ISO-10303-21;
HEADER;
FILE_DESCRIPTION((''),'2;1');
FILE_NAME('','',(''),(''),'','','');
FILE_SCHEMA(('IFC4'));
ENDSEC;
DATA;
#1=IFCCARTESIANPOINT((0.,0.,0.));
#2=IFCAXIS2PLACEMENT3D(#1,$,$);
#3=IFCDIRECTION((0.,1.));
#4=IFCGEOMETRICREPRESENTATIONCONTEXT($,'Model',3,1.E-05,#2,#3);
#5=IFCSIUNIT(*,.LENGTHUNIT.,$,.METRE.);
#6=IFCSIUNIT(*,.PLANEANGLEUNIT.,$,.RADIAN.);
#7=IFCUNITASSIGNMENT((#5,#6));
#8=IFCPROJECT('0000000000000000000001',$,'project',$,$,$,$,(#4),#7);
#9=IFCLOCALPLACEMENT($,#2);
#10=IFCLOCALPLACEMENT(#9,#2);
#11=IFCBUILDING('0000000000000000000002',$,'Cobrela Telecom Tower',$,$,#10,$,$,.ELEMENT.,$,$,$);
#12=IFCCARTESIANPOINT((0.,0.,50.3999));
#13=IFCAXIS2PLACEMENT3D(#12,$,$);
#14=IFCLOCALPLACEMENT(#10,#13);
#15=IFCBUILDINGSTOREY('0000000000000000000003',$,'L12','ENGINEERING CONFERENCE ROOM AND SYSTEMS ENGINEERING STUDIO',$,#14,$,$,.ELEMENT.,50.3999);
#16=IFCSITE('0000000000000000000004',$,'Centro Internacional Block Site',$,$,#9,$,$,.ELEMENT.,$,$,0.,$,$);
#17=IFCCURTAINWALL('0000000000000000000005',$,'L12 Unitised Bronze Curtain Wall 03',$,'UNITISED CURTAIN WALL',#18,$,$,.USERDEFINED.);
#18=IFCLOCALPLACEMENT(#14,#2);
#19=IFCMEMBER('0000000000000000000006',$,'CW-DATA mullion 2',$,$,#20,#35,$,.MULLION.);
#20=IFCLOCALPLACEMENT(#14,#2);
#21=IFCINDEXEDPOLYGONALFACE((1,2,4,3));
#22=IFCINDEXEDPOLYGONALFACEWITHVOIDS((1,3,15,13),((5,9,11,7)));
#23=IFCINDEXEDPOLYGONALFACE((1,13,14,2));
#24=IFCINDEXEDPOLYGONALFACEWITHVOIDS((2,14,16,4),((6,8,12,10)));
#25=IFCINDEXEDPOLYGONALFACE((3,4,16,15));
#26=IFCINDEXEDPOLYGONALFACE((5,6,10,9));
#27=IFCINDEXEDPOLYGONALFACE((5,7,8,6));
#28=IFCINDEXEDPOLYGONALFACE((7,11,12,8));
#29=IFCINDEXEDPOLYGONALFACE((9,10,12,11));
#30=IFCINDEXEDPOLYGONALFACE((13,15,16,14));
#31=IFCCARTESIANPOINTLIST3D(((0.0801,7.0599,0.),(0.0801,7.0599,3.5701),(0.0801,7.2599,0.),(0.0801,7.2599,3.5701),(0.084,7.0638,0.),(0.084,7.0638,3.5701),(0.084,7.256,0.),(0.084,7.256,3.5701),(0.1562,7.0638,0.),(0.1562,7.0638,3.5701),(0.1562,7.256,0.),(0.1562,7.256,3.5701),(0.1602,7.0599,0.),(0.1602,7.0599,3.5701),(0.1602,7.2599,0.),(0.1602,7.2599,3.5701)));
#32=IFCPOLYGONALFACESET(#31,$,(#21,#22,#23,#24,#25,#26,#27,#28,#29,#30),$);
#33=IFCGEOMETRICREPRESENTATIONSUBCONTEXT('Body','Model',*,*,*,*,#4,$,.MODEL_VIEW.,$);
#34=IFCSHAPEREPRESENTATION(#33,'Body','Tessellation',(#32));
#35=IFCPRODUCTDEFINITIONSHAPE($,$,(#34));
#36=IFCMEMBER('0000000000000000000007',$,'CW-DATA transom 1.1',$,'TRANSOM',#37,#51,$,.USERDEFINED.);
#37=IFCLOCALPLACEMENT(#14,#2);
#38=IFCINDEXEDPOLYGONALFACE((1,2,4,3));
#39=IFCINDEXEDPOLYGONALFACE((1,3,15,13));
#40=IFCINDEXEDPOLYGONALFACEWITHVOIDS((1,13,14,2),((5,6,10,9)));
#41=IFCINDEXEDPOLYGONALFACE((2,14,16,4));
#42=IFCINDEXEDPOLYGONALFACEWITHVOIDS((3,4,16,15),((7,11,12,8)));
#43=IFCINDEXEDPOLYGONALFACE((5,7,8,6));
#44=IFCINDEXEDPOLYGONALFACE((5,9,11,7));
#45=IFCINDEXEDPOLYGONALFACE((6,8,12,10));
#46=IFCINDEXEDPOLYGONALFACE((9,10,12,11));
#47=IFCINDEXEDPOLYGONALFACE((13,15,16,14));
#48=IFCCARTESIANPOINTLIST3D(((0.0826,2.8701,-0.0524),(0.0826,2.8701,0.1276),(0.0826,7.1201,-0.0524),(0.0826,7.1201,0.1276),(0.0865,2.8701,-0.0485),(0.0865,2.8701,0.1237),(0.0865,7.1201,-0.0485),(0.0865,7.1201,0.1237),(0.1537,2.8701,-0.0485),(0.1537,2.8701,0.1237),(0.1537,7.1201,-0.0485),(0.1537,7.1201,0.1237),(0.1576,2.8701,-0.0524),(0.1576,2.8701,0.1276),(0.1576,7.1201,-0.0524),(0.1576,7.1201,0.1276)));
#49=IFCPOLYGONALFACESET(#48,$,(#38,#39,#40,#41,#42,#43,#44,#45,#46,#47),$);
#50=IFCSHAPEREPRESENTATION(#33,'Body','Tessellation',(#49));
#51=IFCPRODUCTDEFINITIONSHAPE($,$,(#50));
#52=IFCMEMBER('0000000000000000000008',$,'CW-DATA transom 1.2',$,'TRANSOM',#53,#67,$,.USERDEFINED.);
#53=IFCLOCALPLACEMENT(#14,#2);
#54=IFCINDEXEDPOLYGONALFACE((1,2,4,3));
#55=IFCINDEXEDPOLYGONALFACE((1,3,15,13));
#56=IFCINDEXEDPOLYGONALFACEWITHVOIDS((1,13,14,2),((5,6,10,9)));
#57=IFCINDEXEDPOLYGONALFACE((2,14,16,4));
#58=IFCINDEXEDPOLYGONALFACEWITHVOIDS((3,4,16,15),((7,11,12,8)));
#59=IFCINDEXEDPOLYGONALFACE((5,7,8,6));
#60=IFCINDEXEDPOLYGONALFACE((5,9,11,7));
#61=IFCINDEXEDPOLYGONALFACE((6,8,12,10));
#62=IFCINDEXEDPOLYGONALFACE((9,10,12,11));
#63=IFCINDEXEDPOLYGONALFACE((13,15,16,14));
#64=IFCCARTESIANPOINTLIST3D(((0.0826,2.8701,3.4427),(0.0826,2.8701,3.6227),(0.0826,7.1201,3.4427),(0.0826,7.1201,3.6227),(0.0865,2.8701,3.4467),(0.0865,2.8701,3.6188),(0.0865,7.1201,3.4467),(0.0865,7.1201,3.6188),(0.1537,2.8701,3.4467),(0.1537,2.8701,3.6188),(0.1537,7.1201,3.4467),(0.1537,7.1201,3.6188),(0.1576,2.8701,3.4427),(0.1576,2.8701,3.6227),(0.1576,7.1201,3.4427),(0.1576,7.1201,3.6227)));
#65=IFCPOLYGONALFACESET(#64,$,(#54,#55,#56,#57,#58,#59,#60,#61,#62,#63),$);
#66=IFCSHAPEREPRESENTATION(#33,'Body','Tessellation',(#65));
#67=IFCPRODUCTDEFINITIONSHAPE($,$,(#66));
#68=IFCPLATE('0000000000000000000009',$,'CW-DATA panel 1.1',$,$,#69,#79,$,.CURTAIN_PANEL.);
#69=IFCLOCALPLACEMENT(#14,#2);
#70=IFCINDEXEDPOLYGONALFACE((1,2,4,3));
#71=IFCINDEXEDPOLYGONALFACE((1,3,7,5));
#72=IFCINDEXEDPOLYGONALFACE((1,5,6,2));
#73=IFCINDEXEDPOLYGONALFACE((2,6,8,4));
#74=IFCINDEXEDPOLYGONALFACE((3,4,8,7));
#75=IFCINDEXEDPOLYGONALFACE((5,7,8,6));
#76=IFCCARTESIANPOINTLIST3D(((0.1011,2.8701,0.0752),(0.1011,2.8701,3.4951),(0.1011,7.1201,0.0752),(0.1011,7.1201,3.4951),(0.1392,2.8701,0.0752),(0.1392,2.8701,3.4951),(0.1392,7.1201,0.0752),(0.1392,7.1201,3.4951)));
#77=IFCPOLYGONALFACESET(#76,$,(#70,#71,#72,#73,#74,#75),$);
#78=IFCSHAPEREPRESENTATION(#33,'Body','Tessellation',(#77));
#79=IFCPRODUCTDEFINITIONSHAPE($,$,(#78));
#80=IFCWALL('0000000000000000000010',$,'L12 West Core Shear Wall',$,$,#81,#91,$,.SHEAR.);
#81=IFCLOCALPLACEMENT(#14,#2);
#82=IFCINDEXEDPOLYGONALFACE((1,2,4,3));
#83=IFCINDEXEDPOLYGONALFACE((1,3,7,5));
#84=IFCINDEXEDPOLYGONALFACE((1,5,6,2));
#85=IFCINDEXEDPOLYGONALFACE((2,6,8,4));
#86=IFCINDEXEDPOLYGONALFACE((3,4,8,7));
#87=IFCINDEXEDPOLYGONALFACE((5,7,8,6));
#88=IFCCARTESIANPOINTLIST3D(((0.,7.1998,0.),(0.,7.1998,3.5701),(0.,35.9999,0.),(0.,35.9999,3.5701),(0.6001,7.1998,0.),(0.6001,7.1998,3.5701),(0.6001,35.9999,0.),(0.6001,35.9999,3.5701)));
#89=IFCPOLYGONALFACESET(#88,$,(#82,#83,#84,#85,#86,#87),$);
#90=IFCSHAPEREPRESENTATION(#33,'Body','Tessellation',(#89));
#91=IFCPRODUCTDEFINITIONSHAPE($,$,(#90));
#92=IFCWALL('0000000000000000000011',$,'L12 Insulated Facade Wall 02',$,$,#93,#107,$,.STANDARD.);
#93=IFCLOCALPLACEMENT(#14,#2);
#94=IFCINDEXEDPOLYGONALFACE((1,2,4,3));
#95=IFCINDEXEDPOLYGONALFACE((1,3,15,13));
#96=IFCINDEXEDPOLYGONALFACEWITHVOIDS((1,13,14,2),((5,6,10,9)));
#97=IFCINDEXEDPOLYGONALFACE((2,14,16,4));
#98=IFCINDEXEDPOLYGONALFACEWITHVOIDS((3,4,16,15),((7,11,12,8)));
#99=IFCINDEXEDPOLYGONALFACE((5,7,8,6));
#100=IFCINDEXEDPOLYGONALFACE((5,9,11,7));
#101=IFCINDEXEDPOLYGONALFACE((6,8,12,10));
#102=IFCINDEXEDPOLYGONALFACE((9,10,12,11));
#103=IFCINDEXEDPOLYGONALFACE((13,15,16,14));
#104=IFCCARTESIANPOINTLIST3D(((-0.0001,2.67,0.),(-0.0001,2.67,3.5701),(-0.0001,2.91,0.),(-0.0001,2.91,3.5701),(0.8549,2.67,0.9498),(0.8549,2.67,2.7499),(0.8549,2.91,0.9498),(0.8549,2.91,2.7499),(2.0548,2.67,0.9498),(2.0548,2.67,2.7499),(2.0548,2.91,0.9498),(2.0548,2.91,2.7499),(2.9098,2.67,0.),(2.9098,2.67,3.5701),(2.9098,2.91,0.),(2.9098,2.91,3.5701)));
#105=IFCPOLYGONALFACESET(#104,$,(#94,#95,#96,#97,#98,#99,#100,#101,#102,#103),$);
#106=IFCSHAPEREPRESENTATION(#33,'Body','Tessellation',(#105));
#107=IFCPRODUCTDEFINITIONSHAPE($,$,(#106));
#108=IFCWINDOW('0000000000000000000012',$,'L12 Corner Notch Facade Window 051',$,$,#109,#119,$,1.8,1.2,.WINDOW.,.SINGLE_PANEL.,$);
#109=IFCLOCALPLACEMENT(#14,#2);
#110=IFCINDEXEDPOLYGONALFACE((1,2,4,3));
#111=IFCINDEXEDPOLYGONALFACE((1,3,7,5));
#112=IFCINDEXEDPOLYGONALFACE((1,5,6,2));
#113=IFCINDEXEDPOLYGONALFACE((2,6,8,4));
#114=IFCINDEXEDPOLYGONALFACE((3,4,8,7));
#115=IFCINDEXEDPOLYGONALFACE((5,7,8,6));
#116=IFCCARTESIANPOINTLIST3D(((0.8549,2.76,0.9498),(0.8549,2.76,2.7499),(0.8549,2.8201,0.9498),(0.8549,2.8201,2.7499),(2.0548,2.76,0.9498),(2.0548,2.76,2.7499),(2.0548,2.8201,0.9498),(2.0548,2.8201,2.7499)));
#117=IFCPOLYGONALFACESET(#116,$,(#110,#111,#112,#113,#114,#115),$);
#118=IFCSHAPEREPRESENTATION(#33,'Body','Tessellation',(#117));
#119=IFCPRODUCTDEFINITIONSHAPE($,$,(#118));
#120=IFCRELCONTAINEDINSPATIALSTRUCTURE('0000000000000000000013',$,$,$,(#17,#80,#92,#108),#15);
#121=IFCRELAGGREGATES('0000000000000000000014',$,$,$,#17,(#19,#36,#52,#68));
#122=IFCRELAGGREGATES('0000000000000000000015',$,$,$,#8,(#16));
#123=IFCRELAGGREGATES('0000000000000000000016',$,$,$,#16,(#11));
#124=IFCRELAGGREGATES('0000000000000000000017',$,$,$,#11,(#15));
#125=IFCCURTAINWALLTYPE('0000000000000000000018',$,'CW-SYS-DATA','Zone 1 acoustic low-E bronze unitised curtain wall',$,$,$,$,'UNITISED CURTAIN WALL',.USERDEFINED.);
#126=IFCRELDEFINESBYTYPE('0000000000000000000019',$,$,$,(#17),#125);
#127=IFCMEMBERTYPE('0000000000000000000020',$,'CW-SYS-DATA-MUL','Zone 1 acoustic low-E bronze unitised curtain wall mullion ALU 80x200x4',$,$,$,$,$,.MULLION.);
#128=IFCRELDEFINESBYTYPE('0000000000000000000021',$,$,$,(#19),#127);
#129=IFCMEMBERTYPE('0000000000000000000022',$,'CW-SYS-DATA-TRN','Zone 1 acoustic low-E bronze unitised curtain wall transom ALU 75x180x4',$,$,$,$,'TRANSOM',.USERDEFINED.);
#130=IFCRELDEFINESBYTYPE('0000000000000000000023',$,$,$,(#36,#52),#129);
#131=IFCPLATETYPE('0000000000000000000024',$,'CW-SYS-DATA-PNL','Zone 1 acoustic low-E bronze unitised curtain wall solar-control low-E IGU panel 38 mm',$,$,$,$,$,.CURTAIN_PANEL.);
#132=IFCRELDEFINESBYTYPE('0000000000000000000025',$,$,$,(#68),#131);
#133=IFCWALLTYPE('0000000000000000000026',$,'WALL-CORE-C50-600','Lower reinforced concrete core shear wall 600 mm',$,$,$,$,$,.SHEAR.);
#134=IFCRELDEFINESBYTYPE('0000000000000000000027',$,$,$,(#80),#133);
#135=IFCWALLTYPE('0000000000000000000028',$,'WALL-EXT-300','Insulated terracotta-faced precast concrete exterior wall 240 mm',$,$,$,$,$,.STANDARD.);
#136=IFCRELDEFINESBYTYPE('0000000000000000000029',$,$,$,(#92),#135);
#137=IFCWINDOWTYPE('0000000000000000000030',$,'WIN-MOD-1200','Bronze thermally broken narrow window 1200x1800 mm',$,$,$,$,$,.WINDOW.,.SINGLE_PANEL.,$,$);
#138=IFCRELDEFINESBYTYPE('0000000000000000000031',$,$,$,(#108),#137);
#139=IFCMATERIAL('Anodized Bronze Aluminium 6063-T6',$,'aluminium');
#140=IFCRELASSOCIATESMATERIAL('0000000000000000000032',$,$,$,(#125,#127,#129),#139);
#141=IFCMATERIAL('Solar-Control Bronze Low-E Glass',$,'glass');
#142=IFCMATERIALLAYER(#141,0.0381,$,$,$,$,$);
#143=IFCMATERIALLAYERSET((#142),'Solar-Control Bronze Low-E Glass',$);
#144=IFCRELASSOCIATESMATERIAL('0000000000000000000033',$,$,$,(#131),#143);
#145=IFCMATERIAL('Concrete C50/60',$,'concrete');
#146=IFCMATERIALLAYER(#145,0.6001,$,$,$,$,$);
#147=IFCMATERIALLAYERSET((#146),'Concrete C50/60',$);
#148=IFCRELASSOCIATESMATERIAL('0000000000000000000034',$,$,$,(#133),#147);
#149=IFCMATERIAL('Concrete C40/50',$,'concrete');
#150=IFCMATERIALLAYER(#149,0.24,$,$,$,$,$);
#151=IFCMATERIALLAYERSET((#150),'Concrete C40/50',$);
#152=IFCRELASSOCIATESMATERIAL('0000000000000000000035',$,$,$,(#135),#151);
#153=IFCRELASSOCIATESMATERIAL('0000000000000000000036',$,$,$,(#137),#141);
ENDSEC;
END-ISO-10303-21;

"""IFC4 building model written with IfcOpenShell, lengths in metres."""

from ifc_helpers import new_model, si_unit, direction, frame, frame_2d, origin, origin_2d, place, context, subcontext, project, spatial, rectangle, hollow_rectangle, extrude, material, layer, layer_set, material_profile, profile_set, type_object, element, fill, aggregate, save


model = new_model("IFC4")

# Units and contexts
model_context = context("Model", 3, precision=1e-05, world=origin(), true_north=direction((0.0, 1.0)))
body_context = subcontext(model_context, "Body", "Model", "MODEL_VIEW")
ifc_project = project(units=[si_unit("LENGTHUNIT", "METRE"), si_unit("PLANEANGLEUNIT", "RADIAN")], contexts=[model_context])

# Site, building, storey
site_placement = place(None, origin())
site = spatial("IfcSite", under=ifc_project, at=site_placement, Name="Centro Internacional Block Site", CompositionType="ELEMENT", RefElevation=0.0)
building_placement = place(site_placement, origin())
building = spatial("IfcBuilding", under=site, at=building_placement, Name="Cobrela Telecom Tower", CompositionType="ELEMENT")
storey_placement = place(building_placement, frame((0.0, 0.0, 50.3999)))
storey = spatial("IfcBuildingStorey", under=building, at=storey_placement, Name="L12", Description="ENGINEERING CONFERENCE ROOM AND SYSTEMS ENGINEERING STUDIO", CompositionType="ELEMENT", Elevation=50.3999)

# Curtain wall, members, plate
ifc_material_1 = material(Name="Anodized Bronze Aluminium 6063-T6", Category="aluminium")
curtain_wall_type = type_object("IfcCurtainWallType", Name="CW-SYS-DATA", Description="Zone 1 acoustic low-E bronze unitised curtain wall", ElementType="UNITISED CURTAIN WALL", PredefinedType="USERDEFINED", material=ifc_material_1)
curtain_wall_placement = place(storey_placement, origin())
curtain_wall = element("IfcCurtainWall", 1, at=curtain_wall_placement, inside=storey, type_object=curtain_wall_type, Name="L12 Unitised Bronze Curtain Wall 03", ObjectType="UNITISED CURTAIN WALL", PredefinedType="USERDEFINED")
ifc_material_profile_1 = material_profile(ifc_material_1, hollow_rectangle(XDim=0.0801, YDim=0.2, WallThickness=0.0039, at=origin_2d()), Name="ALU 80x200x4")
ifc_profile_set_1 = profile_set([ifc_material_profile_1], Name="Anodized Bronze Aluminium 6063-T6")
member_type_1 = type_object("IfcMemberType", Name="CW-SYS-DATA-MUL", Description="Zone 1 acoustic low-E bronze unitised curtain wall mullion ALU 80x200x4", PredefinedType="MULLION", material=ifc_profile_set_1)
member_1_placement = place(storey_placement, frame((0.1201, 7.1599, 0.0), z_axis=(0.0, 0.0, 1.0), x_axis=(-1.0, 0.0, 0.0)))
member_1 = element("IfcMember", 2, at=member_1_placement, type_object=member_type_1, Name="CW-DATA mullion 2", PredefinedType="MULLION", context=body_context, shape_type="SweptSolid", body=[
    extrude(hollow_rectangle(XDim=0.0801, YDim=0.2, WallThickness=0.0039, at=origin_2d()), origin(), (0.0, 0.0, 1.0), 3.5701),
])
ifc_material_profile_2 = material_profile(ifc_material_1, hollow_rectangle(XDim=0.075, YDim=0.1799, WallThickness=0.0039, at=origin_2d()), Name="ALU 75x180x4")
ifc_profile_set_2 = profile_set([ifc_material_profile_2], Name="Anodized Bronze Aluminium 6063-T6")
member_type_2 = type_object("IfcMemberType", Name="CW-SYS-DATA-TRN", Description="Zone 1 acoustic low-E bronze unitised curtain wall transom ALU 75x180x4", ElementType="TRANSOM", PredefinedType="USERDEFINED", material=ifc_profile_set_2)
member_2_placement = place(storey_placement, frame((0.1201, 2.8701, 0.0376), z_axis=(0.0, 1.0, 0.0), x_axis=(-1.0, 0.0, 0.0)))
member_2 = element("IfcMember", 3, at=member_2_placement, type_object=member_type_2, Name="CW-DATA transom 1.1", ObjectType="TRANSOM", PredefinedType="USERDEFINED", context=body_context, shape_type="SweptSolid", body=[
    extrude(hollow_rectangle(XDim=0.075, YDim=0.1799, WallThickness=0.0039, at=origin_2d()), origin(), (0.0, 0.0, 1.0), 4.25),
])
member_3_placement = place(storey_placement, frame((0.1201, 2.8701, 3.5327), z_axis=(0.0, 1.0, 0.0), x_axis=(-1.0, 0.0, 0.0)))
member_3 = element("IfcMember", 4, at=member_3_placement, type_object=member_type_2, Name="CW-DATA transom 1.2", ObjectType="TRANSOM", PredefinedType="USERDEFINED", context=body_context, shape_type="SweptSolid", body=[
    extrude(hollow_rectangle(XDim=0.075, YDim=0.1799, WallThickness=0.0039, at=origin_2d()), origin(), (0.0, 0.0, 1.0), 4.25),
])
ifc_material_2 = material(Name="Solar-Control Bronze Low-E Glass", Category="glass")
ifc_layer_1 = layer(ifc_material_2, 0.0381)
ifc_layer_set_1 = layer_set([ifc_layer_1], Name="Solar-Control Bronze Low-E Glass")
plate_type = type_object("IfcPlateType", Name="CW-SYS-DATA-PNL", Description="Zone 1 acoustic low-E bronze unitised curtain wall solar-control low-E IGU panel 38 mm", PredefinedType="CURTAIN_PANEL", material=ifc_layer_set_1)
plate_placement = place(storey_placement, frame((0.1201, 4.9951, 0.0752), z_axis=(0.0, 0.0, 1.0), x_axis=(0.0, 1.0, 0.0)))
plate = element("IfcPlate", 5, at=plate_placement, type_object=plate_type, Name="CW-DATA panel 1.1", PredefinedType="CURTAIN_PANEL", context=body_context, shape_type="SweptSolid", body=[
    extrude(rectangle(XDim=4.25, YDim=0.0381, at=origin_2d()), origin(), (0.0, 0.0, 1.0), 3.4199),
])
aggregate(curtain_wall, [member_1, member_2, member_3, plate])

# Wall
ifc_material_3 = material(Name="Concrete C50/60", Category="concrete")
ifc_layer_2 = layer(ifc_material_3, 0.6001)
ifc_layer_set_2 = layer_set([ifc_layer_2], Name="Concrete C50/60")
wall_type_1 = type_object("IfcWallType", Name="WALL-CORE-C50-600", Description="Lower reinforced concrete core shear wall 600 mm", PredefinedType="SHEAR", material=ifc_layer_set_2)
wall_1_placement = place(storey_placement, frame((0.3, 7.2, 0.0), z_axis=(0.0, 0.0, 1.0), x_axis=(0.0, 1.0, 0.0)))
element("IfcWall", 6, at=wall_1_placement, inside=storey, type_object=wall_type_1, Name="L12 West Core Shear Wall", PredefinedType="SHEAR", context=body_context, shape_type="SweptSolid", body=[
    extrude(rectangle(XDim=28.8, YDim=0.6001, at=frame_2d((14.3999, 0.0))), origin(), (0.0, 0.0, 1.0), 3.5701),
])

# Wall, opening, window
ifc_material_4 = material(Name="Concrete C40/50", Category="concrete")
ifc_layer_3 = layer(ifc_material_4, 0.24)
ifc_layer_set_3 = layer_set([ifc_layer_3], Name="Concrete C40/50")
wall_type_2 = type_object("IfcWallType", Name="WALL-EXT-300", Description="Insulated terracotta-faced precast concrete exterior wall 240 mm", PredefinedType="STANDARD", material=ifc_layer_set_3)
wall_2_placement = place(storey_placement, frame((2.9099, 2.79, 0.0), z_axis=(0.0, 0.0, 1.0), x_axis=(-1.0, 0.0, 0.0)))
wall_2 = element("IfcWall", 7, at=wall_2_placement, inside=storey, type_object=wall_type_2, Name="L12 Insulated Facade Wall 02", PredefinedType="STANDARD", context=body_context, shape_type="SweptSolid", body=[
    extrude(rectangle(XDim=2.9099, YDim=0.24, at=frame_2d((1.4551, 0.0))), origin(), (0.0, 0.0, 1.0), 3.5701),
])
opening_placement = place(wall_2_placement, frame((0.855, 0.0, 0.95)))
opening = element("IfcOpeningElement", 8, at=opening_placement, cuts=wall_2, PredefinedType="OPENING", context=body_context, shape_type="SweptSolid", body=[
    extrude(rectangle(XDim=1.2, YDim=1.8, at=frame_2d((0.6001, 0.8999))), frame((0.0, 0.1318, 0.0), z_axis=(0.0, -1.0, 0.0), x_axis=(1.0, 0.0, 0.0)), (0.0, 0.0, 1.0), 0.2639),
])
window_type = type_object("IfcWindowType", Name="WIN-MOD-1200", Description="Bronze thermally broken narrow window 1200x1800 mm", PartitioningType="SINGLE_PANEL", PredefinedType="WINDOW", material=ifc_material_2)
window_placement = place(opening_placement, origin())
window = element("IfcWindow", 9, at=window_placement, inside=storey, type_object=window_type, Name="L12 Corner Notch Facade Window 051", OverallHeight=1.8, OverallWidth=1.2, PartitioningType="SINGLE_PANEL", PredefinedType="WINDOW", context=body_context, shape_type="SweptSolid", body=[
    extrude(rectangle(XDim=1.2, YDim=1.8, at=frame_2d((0.6001, 0.8999))), frame((0.0, 0.03, 0.0), z_axis=(0.0, -1.0, 0.0), x_axis=(1.0, 0.0, 0.0)), (0.0, 0.0, 1.0), 0.0601),
])
fill(opening, window)

save(model, "model.ifc")
